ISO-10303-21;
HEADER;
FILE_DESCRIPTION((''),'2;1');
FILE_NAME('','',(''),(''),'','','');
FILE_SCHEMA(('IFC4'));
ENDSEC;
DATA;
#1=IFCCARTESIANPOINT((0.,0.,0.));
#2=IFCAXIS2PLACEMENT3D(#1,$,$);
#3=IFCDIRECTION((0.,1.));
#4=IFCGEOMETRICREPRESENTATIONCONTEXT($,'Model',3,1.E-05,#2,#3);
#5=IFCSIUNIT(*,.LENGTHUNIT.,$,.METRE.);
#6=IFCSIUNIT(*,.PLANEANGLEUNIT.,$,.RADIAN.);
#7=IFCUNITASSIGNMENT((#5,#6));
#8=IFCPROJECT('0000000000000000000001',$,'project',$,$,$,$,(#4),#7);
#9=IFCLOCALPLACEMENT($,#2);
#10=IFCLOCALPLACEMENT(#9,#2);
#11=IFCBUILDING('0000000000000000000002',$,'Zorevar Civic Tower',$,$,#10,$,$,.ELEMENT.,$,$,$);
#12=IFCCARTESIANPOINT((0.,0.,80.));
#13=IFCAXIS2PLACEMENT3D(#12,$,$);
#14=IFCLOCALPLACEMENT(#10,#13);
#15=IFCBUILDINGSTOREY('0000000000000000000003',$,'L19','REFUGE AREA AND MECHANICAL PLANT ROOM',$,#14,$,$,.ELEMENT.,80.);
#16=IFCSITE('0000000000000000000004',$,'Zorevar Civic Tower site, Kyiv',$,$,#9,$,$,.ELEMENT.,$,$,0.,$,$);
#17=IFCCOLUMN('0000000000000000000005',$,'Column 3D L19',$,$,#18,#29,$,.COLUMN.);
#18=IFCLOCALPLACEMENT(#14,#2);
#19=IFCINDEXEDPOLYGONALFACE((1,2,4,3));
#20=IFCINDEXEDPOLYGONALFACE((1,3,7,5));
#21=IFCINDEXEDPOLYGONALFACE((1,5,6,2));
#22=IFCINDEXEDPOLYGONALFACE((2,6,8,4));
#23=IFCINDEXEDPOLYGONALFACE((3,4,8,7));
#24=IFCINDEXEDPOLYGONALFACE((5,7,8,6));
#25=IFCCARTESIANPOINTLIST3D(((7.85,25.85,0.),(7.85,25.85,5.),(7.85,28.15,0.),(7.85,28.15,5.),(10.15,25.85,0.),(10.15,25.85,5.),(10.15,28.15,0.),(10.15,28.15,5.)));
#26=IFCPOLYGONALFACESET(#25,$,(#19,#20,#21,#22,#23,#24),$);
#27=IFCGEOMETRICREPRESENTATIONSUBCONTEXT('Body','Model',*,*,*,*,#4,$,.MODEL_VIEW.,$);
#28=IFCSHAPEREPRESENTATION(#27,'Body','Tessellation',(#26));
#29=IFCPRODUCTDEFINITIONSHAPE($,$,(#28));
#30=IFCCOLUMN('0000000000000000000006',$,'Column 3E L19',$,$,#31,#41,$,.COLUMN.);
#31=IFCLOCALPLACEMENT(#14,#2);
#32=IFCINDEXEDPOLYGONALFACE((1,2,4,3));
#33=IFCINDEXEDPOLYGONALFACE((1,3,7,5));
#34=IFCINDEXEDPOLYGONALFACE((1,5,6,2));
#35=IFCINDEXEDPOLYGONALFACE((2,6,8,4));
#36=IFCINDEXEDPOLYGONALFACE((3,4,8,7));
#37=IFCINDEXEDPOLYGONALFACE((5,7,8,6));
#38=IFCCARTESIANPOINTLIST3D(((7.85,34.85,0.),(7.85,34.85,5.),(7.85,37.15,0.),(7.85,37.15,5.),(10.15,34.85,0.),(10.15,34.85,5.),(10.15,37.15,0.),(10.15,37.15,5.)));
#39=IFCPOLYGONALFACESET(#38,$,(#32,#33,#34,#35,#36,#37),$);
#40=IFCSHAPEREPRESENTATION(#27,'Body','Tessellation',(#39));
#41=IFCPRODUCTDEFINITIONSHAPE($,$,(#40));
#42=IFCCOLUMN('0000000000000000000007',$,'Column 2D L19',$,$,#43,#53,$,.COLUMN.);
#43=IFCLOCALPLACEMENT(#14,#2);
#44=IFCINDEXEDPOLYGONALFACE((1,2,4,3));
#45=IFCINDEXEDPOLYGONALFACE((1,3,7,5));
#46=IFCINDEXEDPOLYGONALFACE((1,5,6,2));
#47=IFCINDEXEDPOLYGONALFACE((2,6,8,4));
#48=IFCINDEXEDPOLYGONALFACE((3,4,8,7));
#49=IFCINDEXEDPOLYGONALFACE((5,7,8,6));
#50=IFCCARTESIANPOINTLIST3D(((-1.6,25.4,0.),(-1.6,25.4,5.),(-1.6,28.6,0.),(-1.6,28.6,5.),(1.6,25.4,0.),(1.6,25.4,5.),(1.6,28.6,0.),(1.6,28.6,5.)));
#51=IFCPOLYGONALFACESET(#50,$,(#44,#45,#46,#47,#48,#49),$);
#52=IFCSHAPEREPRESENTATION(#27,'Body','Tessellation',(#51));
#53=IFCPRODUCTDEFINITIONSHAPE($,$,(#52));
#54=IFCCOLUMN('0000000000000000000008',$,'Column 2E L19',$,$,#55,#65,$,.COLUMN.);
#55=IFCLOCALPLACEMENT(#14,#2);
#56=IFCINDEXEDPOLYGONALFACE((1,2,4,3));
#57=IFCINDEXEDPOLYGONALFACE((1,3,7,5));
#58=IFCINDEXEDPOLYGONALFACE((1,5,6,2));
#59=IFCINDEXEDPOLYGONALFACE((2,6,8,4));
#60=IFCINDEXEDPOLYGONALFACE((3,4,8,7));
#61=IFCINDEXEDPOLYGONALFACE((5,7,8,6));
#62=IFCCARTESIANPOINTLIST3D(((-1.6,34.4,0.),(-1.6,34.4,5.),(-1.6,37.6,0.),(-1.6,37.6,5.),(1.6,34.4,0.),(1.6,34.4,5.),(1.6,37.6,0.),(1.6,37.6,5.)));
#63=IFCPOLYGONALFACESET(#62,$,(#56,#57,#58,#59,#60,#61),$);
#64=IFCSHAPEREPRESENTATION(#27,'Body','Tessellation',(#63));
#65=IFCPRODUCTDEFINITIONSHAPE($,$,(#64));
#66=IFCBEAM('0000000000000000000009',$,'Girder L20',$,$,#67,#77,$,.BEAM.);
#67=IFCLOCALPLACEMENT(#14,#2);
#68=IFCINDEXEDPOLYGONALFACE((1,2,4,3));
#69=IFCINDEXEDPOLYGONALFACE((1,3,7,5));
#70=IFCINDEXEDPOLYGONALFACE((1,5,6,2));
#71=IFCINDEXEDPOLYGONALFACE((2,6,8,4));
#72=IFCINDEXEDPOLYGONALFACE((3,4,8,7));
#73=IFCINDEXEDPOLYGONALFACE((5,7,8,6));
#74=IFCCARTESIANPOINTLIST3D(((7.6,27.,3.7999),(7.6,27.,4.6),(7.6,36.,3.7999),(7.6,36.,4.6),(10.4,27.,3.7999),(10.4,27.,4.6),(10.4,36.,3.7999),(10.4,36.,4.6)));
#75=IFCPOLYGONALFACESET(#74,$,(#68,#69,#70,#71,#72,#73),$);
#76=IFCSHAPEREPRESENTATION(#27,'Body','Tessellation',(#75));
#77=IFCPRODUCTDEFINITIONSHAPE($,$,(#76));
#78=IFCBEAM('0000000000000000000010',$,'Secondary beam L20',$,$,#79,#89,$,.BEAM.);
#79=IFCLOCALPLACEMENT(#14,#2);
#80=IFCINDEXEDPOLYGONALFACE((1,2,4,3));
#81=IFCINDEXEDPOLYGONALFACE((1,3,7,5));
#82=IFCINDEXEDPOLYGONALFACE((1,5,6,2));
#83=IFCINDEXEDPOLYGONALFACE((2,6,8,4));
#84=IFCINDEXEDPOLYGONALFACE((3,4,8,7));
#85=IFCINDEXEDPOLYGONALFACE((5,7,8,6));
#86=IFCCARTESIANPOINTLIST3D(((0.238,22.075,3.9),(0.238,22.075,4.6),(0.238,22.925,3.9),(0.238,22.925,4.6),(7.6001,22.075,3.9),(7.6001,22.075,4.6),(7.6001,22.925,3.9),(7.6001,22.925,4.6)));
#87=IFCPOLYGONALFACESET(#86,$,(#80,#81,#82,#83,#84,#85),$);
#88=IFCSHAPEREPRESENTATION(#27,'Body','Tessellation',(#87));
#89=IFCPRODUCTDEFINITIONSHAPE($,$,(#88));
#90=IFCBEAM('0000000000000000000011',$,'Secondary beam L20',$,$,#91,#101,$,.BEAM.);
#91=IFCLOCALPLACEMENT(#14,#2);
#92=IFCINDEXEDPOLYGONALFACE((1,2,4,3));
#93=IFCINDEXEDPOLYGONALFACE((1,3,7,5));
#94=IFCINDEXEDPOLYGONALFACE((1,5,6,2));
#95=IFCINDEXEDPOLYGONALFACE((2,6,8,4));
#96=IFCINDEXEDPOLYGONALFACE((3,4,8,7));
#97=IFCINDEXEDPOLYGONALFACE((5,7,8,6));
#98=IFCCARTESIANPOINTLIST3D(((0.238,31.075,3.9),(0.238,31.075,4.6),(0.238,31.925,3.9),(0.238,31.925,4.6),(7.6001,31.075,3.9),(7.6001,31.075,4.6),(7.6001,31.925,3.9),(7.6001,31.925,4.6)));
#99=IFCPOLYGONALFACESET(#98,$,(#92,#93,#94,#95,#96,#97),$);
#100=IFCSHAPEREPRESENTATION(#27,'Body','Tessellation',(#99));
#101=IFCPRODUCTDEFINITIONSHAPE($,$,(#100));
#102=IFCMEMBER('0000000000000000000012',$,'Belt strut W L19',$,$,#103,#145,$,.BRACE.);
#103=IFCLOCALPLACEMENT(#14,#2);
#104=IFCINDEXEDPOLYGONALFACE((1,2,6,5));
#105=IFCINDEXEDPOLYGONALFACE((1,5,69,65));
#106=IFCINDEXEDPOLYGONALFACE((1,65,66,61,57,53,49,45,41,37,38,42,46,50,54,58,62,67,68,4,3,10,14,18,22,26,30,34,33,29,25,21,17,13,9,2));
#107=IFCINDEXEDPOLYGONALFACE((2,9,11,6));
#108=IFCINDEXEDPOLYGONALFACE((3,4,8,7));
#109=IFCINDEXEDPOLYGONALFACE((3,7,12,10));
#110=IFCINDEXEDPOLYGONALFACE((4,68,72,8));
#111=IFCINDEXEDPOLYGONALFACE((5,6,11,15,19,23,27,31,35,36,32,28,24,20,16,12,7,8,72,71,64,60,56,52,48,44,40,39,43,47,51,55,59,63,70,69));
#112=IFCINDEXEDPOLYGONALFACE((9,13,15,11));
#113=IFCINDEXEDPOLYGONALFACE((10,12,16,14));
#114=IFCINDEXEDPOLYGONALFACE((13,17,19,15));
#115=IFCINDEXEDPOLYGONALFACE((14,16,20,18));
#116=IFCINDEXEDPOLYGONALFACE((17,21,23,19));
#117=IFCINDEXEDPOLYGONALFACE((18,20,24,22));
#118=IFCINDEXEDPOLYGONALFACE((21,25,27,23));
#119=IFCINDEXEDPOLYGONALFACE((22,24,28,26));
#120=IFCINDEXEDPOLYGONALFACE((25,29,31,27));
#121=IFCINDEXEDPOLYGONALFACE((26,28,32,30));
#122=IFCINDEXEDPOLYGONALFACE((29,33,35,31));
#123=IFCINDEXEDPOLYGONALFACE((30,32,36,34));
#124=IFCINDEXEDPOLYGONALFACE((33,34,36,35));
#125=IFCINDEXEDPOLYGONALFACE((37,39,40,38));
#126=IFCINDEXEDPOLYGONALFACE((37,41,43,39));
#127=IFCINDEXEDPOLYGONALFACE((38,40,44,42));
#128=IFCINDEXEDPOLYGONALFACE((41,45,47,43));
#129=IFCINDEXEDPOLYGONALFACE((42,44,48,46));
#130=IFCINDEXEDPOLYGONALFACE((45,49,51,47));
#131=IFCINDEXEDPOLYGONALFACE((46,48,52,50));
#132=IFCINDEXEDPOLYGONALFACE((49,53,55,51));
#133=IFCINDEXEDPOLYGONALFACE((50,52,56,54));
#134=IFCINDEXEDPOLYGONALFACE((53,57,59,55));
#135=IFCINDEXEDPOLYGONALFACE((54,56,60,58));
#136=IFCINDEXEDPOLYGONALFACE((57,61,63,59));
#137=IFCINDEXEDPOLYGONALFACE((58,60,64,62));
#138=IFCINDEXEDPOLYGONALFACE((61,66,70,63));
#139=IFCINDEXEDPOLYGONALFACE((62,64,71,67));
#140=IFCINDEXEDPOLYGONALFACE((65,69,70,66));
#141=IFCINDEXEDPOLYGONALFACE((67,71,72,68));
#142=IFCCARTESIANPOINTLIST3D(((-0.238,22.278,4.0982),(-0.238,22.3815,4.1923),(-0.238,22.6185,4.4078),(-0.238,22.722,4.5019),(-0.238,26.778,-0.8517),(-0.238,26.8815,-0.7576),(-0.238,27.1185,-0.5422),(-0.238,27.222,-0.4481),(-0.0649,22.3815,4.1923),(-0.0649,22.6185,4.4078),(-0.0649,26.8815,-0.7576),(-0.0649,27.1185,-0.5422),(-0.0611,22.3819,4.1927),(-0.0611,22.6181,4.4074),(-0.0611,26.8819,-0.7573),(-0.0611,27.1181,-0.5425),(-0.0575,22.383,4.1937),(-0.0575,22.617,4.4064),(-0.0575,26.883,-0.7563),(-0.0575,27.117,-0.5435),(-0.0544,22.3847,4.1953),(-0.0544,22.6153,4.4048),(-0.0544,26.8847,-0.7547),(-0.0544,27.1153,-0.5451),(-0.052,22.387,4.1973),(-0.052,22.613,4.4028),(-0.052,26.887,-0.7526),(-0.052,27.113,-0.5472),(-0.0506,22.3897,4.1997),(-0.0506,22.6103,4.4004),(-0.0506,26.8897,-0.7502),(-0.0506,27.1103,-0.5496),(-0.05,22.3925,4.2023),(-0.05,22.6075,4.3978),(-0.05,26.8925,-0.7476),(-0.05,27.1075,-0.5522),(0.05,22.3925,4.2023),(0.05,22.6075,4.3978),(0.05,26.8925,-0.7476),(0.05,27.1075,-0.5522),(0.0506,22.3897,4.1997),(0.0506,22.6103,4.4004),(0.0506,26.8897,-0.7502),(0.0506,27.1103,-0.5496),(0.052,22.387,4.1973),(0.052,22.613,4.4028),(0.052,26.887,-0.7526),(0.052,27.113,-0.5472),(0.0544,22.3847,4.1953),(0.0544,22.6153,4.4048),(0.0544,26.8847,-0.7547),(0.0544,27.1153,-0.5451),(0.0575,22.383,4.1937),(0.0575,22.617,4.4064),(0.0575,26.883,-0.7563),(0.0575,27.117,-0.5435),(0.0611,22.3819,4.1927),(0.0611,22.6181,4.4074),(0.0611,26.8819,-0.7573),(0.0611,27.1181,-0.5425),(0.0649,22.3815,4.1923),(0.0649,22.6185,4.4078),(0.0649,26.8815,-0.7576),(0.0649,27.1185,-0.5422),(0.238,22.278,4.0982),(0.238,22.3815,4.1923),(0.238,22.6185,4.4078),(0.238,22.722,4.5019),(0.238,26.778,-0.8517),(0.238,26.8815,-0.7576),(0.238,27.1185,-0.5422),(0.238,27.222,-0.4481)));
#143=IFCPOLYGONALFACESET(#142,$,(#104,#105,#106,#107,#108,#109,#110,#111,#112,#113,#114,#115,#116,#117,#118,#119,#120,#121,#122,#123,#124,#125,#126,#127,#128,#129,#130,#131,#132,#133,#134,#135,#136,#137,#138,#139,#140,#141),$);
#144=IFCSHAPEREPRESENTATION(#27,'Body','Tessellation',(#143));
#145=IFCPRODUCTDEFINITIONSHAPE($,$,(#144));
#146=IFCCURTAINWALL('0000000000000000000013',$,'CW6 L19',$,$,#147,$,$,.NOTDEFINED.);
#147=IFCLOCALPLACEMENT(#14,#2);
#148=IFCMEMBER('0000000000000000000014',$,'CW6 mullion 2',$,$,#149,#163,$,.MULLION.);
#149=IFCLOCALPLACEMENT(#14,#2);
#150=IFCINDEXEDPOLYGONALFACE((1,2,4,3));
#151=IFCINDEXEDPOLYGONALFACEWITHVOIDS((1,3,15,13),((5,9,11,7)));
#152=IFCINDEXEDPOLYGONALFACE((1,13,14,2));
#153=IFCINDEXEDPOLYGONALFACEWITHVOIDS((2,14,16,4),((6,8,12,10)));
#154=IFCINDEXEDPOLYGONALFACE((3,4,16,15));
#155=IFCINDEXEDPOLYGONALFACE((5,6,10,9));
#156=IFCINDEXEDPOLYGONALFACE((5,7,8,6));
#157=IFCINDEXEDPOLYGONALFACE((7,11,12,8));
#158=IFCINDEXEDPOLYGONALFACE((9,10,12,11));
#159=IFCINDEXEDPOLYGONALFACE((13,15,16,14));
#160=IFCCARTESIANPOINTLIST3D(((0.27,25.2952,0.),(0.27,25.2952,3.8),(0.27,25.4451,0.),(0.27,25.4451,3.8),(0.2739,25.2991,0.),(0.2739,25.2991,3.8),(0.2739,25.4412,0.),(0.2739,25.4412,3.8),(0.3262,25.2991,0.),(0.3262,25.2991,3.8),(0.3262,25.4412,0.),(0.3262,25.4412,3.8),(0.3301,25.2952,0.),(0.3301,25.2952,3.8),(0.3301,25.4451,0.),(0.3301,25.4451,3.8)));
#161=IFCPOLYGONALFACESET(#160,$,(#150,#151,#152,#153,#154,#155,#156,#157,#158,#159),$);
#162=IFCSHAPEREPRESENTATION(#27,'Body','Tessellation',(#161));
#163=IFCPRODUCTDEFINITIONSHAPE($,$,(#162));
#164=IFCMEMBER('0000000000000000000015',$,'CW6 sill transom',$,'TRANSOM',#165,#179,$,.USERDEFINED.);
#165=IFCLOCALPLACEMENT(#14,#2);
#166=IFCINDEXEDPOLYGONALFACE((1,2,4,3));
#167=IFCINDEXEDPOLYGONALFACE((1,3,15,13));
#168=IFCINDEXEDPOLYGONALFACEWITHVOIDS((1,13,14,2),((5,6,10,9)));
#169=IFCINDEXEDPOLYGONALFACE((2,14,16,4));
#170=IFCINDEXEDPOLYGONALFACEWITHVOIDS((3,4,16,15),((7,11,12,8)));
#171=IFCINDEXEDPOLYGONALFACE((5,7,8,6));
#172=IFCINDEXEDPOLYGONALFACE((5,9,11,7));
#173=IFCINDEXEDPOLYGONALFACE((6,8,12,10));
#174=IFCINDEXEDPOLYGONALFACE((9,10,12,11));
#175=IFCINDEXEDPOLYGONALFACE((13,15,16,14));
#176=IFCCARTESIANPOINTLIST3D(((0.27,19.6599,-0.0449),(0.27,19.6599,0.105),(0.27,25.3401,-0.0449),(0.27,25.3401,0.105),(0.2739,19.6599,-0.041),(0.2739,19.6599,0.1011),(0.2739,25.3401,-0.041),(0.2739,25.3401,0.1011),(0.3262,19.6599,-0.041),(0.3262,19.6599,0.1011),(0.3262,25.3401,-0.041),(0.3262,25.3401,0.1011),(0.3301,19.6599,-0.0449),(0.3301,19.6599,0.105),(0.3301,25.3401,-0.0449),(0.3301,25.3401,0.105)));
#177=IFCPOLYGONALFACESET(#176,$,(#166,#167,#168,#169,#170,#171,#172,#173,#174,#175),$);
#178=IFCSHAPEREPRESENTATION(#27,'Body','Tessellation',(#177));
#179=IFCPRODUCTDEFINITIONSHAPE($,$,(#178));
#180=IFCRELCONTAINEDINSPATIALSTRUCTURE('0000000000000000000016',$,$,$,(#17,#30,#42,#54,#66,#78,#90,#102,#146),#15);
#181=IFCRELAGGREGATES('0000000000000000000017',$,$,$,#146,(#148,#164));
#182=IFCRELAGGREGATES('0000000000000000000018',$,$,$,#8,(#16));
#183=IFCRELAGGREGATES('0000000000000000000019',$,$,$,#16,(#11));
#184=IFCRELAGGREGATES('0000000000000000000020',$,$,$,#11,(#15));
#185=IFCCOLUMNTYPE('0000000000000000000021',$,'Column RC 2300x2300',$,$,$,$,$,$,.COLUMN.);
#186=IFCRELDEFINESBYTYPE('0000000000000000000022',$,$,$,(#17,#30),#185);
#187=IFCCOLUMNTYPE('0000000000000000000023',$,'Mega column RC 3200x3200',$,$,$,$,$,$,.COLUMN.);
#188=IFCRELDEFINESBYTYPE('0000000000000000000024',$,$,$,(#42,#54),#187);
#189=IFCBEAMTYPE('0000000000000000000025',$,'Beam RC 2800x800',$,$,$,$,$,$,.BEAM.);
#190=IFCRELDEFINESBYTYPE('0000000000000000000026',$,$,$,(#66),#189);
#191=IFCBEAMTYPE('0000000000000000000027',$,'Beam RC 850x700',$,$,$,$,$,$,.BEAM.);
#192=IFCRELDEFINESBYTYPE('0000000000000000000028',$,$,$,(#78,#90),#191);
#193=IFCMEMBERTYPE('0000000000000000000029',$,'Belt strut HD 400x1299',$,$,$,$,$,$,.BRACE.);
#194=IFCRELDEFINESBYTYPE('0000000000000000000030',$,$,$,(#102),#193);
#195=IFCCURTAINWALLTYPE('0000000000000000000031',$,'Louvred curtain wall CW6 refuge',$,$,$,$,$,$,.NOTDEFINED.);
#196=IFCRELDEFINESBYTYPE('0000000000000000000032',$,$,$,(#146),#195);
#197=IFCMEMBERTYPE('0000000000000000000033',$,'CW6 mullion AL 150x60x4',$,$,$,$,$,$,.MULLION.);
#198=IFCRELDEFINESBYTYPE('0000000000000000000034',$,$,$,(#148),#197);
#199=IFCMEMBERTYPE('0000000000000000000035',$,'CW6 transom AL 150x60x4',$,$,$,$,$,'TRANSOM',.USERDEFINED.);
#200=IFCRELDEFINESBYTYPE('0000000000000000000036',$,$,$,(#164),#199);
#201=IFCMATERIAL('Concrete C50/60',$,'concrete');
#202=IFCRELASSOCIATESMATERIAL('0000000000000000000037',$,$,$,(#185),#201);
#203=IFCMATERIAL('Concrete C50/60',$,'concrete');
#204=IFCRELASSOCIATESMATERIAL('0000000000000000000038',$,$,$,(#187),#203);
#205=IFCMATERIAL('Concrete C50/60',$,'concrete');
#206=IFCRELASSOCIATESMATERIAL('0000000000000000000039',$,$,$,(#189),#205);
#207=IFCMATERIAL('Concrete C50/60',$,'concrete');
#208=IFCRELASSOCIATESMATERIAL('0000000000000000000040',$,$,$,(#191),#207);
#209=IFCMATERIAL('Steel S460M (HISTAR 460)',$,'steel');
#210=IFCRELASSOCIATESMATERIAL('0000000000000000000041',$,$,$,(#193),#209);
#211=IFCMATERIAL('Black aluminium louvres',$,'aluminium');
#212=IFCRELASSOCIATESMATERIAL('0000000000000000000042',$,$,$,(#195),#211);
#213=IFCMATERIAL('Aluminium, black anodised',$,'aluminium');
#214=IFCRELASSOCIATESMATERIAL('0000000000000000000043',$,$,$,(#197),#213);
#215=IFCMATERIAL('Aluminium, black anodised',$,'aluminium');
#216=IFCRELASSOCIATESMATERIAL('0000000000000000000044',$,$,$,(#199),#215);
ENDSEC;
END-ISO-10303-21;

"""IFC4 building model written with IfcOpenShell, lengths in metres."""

from ifc_helpers import new_model, si_unit, direction, frame, origin, origin_2d, place, context, subcontext, project, spatial, rectangle, hollow_rectangle, i_section, extrude, material, material_profile, profile_set, type_object, element, aggregate, save


model = new_model("IFC4")

# Units and contexts
model_context = context("Model", 3, precision=1e-05, world=origin(), true_north=direction((0.0, 1.0)))
body_context = subcontext(model_context, "Body", "Model", "MODEL_VIEW")
ifc_project = project(units=[si_unit("LENGTHUNIT", "METRE"), si_unit("PLANEANGLEUNIT", "RADIAN")], contexts=[model_context])

# Site, building, storey
site_placement = place(None, origin())
site = spatial("IfcSite", under=ifc_project, at=site_placement, Name="Zorevar Civic Tower site, Kyiv", CompositionType="ELEMENT", RefElevation=0.0)
building_placement = place(site_placement, origin())
building = spatial("IfcBuilding", under=site, at=building_placement, Name="Zorevar Civic Tower", CompositionType="ELEMENT")
storey_placement = place(building_placement, frame((0.0, 0.0, 80.0)))
storey = spatial("IfcBuildingStorey", under=building, at=storey_placement, Name="L19", Description="REFUGE AREA AND MECHANICAL PLANT ROOM", CompositionType="ELEMENT", Elevation=80.0)

# Columns
ifc_material_1 = material(Name="Concrete C50/60", Category="concrete")
ifc_material_profile_1 = material_profile(ifc_material_1, rectangle(XDim=2.3, YDim=2.3, at=origin_2d()), Name="RC 2300x2300")
ifc_profile_set_1 = profile_set([ifc_material_profile_1], Name="Concrete C50/60")
column_type_1 = type_object("IfcColumnType", Name="Column RC 2300x2300", PredefinedType="COLUMN", material=ifc_profile_set_1)
for number, where, z_axis, x_axis, name in (
    (1, (9.0, 27.0, 0.0), (0.0, 0.0, 1.0), (1.0, 0.0, 0.0), "Column 3D L19"),
    (2, (9.0, 36.0, 0.0), (0.0, 0.0, 1.0), (1.0, 0.0, 0.0), "Column 3E L19"),
):
    element("IfcColumn", number, at=place(storey_placement, frame(where, z_axis=z_axis, x_axis=x_axis)), inside=storey, type_object=column_type_1, Name=name, PredefinedType="COLUMN", context=body_context, shape_type="SweptSolid", body=[
        extrude(rectangle(XDim=2.3, YDim=2.3, at=origin_2d()), origin(), (0.0, 0.0, 1.0), 5.0),
    ])
ifc_material_2 = material(Name="Concrete C50/60", Category="concrete")
ifc_material_profile_2 = material_profile(ifc_material_2, rectangle(XDim=3.2, YDim=3.2, at=origin_2d()), Name="RC 3200x3200")
ifc_profile_set_2 = profile_set([ifc_material_profile_2], Name="Concrete C50/60")
column_type_2 = type_object("IfcColumnType", Name="Mega column RC 3200x3200", PredefinedType="COLUMN", material=ifc_profile_set_2)
for number, where, z_axis, x_axis, name in (
    (3, (0.0, 27.0, 0.0), (0.0, 0.0, 1.0), (1.0, 0.0, 0.0), "Column 2D L19"),
    (4, (0.0, 36.0, 0.0), (0.0, 0.0, 1.0), (1.0, 0.0, 0.0), "Column 2E L19"),
):
    element("IfcColumn", number, at=place(storey_placement, frame(where, z_axis=z_axis, x_axis=x_axis)), inside=storey, type_object=column_type_2, Name=name, PredefinedType="COLUMN", context=body_context, shape_type="SweptSolid", body=[
        extrude(rectangle(XDim=3.2, YDim=3.2, at=origin_2d()), origin(), (0.0, 0.0, 1.0), 5.0),
    ])

# Beams
ifc_material_3 = material(Name="Concrete C50/60", Category="concrete")
ifc_material_profile_3 = material_profile(ifc_material_3, rectangle(XDim=2.8, YDim=0.8, at=origin_2d()), Name="RC 2800x800")
ifc_profile_set_3 = profile_set([ifc_material_profile_3], Name="Concrete C50/60")
beam_type_1 = type_object("IfcBeamType", Name="Beam RC 2800x800", PredefinedType="BEAM", material=ifc_profile_set_3)
beam_1_placement = place(storey_placement, frame((9.0, 27.0, 4.2), z_axis=(0.0, 1.0, 0.0), x_axis=(-1.0, 0.0, 0.0)))
element("IfcBeam", 5, at=beam_1_placement, inside=storey, type_object=beam_type_1, Name="Girder L20", PredefinedType="BEAM", context=body_context, shape_type="SweptSolid", body=[
    extrude(rectangle(XDim=2.8, YDim=0.8, at=origin_2d()), origin(), (0.0, 0.0, 1.0), 9.0),
])
ifc_material_4 = material(Name="Concrete C50/60", Category="concrete")
ifc_material_profile_4 = material_profile(ifc_material_4, rectangle(XDim=0.8501, YDim=0.7, at=origin_2d()), Name="RC 850x700")
ifc_profile_set_4 = profile_set([ifc_material_profile_4], Name="Concrete C50/60")
beam_type_2 = type_object("IfcBeamType", Name="Beam RC 850x700", PredefinedType="BEAM", material=ifc_profile_set_4)
for number, where, z_axis, x_axis, name in (
    (6, (0.238, 22.5, 4.25), (1.0, 0.0, 0.0), (0.0, 1.0, 0.0), "Secondary beam L20"),
    (7, (0.238, 31.5, 4.25), (1.0, 0.0, 0.0), (0.0, 1.0, 0.0), "Secondary beam L20"),
):
    element("IfcBeam", number, at=place(storey_placement, frame(where, z_axis=z_axis, x_axis=x_axis)), inside=storey, type_object=beam_type_2, Name=name, PredefinedType="BEAM", context=body_context, shape_type="SweptSolid", body=[
        extrude(rectangle(XDim=0.8501, YDim=0.7, at=origin_2d()), origin(), (0.0, 0.0, 1.0), 7.3621),
    ])

# Member
ifc_material_5 = material(Name="Steel S460M (HISTAR 460)", Category="steel")
ifc_material_profile_5 = material_profile(ifc_material_5, i_section(OverallWidth=0.4761, OverallDepth=0.6001, WebThickness=0.1001, FlangeThickness=0.1399, FilletRadius=0.0149, at=origin_2d()), Name="HD 400x1299")
ifc_profile_set_5 = profile_set([ifc_material_profile_5], Name="Steel S460M (HISTAR 460)")
member_type_1 = type_object("IfcMemberType", Name="Belt strut HD 400x1299", PredefinedType="BRACE", material=ifc_profile_set_5)
member_1_placement = place(storey_placement, frame((0.0, 27.0, -0.6499), z_axis=(0.0, -0.672676, 0.739937), x_axis=(1.0, 0.0, 0.0)))
element("IfcMember", 8, at=member_1_placement, inside=storey, type_object=member_type_1, Name="Belt strut W L19", PredefinedType="BRACE", context=body_context, shape_type="SweptSolid", body=[
    extrude(i_section(OverallWidth=0.4761, OverallDepth=0.6001, WebThickness=0.1001, FlangeThickness=0.1399, FilletRadius=0.0149, at=origin_2d()), origin(), (0.0, 0.0, 1.0), 6.6897),
])

# Curtain wall, members
ifc_material_6 = material(Name="Black aluminium louvres", Category="aluminium")
curtain_wall_type = type_object("IfcCurtainWallType", Name="Louvred curtain wall CW6 refuge", PredefinedType="NOTDEFINED", material=ifc_material_6)
curtain_wall_placement = place(storey_placement, origin())
curtain_wall = element("IfcCurtainWall", 9, at=curtain_wall_placement, inside=storey, type_object=curtain_wall_type, Name="CW6 L19", PredefinedType="NOTDEFINED")
ifc_material_7 = material(Name="Aluminium, black anodised", Category="aluminium")
ifc_material_profile_6 = material_profile(ifc_material_7, hollow_rectangle(XDim=0.0601, YDim=0.1499, WallThickness=0.0039, at=origin_2d()), Name="AL 150x60x4")
ifc_profile_set_6 = profile_set([ifc_material_profile_6], Name="Aluminium, black anodised")
member_type_2 = type_object("IfcMemberType", Name="CW6 mullion AL 150x60x4", PredefinedType="MULLION", material=ifc_profile_set_6)
member_2_placement = place(storey_placement, frame((0.3, 25.3701, 0.0), z_axis=(0.0, 0.0, 1.0), x_axis=(-1.0, 0.0, 0.0)))
member_2 = element("IfcMember", 10, at=member_2_placement, type_object=member_type_2, Name="CW6 mullion 2", PredefinedType="MULLION", context=body_context, shape_type="SweptSolid", body=[
    extrude(hollow_rectangle(XDim=0.0601, YDim=0.1499, WallThickness=0.0039, at=origin_2d()), origin(), (0.0, 0.0, 1.0), 3.8),
])
ifc_material_8 = material(Name="Aluminium, black anodised", Category="aluminium")
ifc_material_profile_7 = material_profile(ifc_material_8, hollow_rectangle(XDim=0.0601, YDim=0.1499, WallThickness=0.0039, at=origin_2d()), Name="AL 150x60x4")
ifc_profile_set_7 = profile_set([ifc_material_profile_7], Name="Aluminium, black anodised")
member_type_3 = type_object("IfcMemberType", Name="CW6 transom AL 150x60x4", ElementType="TRANSOM", PredefinedType="USERDEFINED", material=ifc_profile_set_7)
member_3_placement = place(storey_placement, frame((0.3, 19.6599, 0.03), z_axis=(0.0, 1.0, 0.0), x_axis=(-1.0, 0.0, 0.0)))
member_3 = element("IfcMember", 11, at=member_3_placement, type_object=member_type_3, Name="CW6 sill transom", ObjectType="TRANSOM", PredefinedType="USERDEFINED", context=body_context, shape_type="SweptSolid", body=[
    extrude(hollow_rectangle(XDim=0.0601, YDim=0.1499, WallThickness=0.0039, at=origin_2d()), origin(), (0.0, 0.0, 1.0), 5.6802),
])

aggregate(curtain_wall, [member_2, member_3])

save(model, "model.ifc")
